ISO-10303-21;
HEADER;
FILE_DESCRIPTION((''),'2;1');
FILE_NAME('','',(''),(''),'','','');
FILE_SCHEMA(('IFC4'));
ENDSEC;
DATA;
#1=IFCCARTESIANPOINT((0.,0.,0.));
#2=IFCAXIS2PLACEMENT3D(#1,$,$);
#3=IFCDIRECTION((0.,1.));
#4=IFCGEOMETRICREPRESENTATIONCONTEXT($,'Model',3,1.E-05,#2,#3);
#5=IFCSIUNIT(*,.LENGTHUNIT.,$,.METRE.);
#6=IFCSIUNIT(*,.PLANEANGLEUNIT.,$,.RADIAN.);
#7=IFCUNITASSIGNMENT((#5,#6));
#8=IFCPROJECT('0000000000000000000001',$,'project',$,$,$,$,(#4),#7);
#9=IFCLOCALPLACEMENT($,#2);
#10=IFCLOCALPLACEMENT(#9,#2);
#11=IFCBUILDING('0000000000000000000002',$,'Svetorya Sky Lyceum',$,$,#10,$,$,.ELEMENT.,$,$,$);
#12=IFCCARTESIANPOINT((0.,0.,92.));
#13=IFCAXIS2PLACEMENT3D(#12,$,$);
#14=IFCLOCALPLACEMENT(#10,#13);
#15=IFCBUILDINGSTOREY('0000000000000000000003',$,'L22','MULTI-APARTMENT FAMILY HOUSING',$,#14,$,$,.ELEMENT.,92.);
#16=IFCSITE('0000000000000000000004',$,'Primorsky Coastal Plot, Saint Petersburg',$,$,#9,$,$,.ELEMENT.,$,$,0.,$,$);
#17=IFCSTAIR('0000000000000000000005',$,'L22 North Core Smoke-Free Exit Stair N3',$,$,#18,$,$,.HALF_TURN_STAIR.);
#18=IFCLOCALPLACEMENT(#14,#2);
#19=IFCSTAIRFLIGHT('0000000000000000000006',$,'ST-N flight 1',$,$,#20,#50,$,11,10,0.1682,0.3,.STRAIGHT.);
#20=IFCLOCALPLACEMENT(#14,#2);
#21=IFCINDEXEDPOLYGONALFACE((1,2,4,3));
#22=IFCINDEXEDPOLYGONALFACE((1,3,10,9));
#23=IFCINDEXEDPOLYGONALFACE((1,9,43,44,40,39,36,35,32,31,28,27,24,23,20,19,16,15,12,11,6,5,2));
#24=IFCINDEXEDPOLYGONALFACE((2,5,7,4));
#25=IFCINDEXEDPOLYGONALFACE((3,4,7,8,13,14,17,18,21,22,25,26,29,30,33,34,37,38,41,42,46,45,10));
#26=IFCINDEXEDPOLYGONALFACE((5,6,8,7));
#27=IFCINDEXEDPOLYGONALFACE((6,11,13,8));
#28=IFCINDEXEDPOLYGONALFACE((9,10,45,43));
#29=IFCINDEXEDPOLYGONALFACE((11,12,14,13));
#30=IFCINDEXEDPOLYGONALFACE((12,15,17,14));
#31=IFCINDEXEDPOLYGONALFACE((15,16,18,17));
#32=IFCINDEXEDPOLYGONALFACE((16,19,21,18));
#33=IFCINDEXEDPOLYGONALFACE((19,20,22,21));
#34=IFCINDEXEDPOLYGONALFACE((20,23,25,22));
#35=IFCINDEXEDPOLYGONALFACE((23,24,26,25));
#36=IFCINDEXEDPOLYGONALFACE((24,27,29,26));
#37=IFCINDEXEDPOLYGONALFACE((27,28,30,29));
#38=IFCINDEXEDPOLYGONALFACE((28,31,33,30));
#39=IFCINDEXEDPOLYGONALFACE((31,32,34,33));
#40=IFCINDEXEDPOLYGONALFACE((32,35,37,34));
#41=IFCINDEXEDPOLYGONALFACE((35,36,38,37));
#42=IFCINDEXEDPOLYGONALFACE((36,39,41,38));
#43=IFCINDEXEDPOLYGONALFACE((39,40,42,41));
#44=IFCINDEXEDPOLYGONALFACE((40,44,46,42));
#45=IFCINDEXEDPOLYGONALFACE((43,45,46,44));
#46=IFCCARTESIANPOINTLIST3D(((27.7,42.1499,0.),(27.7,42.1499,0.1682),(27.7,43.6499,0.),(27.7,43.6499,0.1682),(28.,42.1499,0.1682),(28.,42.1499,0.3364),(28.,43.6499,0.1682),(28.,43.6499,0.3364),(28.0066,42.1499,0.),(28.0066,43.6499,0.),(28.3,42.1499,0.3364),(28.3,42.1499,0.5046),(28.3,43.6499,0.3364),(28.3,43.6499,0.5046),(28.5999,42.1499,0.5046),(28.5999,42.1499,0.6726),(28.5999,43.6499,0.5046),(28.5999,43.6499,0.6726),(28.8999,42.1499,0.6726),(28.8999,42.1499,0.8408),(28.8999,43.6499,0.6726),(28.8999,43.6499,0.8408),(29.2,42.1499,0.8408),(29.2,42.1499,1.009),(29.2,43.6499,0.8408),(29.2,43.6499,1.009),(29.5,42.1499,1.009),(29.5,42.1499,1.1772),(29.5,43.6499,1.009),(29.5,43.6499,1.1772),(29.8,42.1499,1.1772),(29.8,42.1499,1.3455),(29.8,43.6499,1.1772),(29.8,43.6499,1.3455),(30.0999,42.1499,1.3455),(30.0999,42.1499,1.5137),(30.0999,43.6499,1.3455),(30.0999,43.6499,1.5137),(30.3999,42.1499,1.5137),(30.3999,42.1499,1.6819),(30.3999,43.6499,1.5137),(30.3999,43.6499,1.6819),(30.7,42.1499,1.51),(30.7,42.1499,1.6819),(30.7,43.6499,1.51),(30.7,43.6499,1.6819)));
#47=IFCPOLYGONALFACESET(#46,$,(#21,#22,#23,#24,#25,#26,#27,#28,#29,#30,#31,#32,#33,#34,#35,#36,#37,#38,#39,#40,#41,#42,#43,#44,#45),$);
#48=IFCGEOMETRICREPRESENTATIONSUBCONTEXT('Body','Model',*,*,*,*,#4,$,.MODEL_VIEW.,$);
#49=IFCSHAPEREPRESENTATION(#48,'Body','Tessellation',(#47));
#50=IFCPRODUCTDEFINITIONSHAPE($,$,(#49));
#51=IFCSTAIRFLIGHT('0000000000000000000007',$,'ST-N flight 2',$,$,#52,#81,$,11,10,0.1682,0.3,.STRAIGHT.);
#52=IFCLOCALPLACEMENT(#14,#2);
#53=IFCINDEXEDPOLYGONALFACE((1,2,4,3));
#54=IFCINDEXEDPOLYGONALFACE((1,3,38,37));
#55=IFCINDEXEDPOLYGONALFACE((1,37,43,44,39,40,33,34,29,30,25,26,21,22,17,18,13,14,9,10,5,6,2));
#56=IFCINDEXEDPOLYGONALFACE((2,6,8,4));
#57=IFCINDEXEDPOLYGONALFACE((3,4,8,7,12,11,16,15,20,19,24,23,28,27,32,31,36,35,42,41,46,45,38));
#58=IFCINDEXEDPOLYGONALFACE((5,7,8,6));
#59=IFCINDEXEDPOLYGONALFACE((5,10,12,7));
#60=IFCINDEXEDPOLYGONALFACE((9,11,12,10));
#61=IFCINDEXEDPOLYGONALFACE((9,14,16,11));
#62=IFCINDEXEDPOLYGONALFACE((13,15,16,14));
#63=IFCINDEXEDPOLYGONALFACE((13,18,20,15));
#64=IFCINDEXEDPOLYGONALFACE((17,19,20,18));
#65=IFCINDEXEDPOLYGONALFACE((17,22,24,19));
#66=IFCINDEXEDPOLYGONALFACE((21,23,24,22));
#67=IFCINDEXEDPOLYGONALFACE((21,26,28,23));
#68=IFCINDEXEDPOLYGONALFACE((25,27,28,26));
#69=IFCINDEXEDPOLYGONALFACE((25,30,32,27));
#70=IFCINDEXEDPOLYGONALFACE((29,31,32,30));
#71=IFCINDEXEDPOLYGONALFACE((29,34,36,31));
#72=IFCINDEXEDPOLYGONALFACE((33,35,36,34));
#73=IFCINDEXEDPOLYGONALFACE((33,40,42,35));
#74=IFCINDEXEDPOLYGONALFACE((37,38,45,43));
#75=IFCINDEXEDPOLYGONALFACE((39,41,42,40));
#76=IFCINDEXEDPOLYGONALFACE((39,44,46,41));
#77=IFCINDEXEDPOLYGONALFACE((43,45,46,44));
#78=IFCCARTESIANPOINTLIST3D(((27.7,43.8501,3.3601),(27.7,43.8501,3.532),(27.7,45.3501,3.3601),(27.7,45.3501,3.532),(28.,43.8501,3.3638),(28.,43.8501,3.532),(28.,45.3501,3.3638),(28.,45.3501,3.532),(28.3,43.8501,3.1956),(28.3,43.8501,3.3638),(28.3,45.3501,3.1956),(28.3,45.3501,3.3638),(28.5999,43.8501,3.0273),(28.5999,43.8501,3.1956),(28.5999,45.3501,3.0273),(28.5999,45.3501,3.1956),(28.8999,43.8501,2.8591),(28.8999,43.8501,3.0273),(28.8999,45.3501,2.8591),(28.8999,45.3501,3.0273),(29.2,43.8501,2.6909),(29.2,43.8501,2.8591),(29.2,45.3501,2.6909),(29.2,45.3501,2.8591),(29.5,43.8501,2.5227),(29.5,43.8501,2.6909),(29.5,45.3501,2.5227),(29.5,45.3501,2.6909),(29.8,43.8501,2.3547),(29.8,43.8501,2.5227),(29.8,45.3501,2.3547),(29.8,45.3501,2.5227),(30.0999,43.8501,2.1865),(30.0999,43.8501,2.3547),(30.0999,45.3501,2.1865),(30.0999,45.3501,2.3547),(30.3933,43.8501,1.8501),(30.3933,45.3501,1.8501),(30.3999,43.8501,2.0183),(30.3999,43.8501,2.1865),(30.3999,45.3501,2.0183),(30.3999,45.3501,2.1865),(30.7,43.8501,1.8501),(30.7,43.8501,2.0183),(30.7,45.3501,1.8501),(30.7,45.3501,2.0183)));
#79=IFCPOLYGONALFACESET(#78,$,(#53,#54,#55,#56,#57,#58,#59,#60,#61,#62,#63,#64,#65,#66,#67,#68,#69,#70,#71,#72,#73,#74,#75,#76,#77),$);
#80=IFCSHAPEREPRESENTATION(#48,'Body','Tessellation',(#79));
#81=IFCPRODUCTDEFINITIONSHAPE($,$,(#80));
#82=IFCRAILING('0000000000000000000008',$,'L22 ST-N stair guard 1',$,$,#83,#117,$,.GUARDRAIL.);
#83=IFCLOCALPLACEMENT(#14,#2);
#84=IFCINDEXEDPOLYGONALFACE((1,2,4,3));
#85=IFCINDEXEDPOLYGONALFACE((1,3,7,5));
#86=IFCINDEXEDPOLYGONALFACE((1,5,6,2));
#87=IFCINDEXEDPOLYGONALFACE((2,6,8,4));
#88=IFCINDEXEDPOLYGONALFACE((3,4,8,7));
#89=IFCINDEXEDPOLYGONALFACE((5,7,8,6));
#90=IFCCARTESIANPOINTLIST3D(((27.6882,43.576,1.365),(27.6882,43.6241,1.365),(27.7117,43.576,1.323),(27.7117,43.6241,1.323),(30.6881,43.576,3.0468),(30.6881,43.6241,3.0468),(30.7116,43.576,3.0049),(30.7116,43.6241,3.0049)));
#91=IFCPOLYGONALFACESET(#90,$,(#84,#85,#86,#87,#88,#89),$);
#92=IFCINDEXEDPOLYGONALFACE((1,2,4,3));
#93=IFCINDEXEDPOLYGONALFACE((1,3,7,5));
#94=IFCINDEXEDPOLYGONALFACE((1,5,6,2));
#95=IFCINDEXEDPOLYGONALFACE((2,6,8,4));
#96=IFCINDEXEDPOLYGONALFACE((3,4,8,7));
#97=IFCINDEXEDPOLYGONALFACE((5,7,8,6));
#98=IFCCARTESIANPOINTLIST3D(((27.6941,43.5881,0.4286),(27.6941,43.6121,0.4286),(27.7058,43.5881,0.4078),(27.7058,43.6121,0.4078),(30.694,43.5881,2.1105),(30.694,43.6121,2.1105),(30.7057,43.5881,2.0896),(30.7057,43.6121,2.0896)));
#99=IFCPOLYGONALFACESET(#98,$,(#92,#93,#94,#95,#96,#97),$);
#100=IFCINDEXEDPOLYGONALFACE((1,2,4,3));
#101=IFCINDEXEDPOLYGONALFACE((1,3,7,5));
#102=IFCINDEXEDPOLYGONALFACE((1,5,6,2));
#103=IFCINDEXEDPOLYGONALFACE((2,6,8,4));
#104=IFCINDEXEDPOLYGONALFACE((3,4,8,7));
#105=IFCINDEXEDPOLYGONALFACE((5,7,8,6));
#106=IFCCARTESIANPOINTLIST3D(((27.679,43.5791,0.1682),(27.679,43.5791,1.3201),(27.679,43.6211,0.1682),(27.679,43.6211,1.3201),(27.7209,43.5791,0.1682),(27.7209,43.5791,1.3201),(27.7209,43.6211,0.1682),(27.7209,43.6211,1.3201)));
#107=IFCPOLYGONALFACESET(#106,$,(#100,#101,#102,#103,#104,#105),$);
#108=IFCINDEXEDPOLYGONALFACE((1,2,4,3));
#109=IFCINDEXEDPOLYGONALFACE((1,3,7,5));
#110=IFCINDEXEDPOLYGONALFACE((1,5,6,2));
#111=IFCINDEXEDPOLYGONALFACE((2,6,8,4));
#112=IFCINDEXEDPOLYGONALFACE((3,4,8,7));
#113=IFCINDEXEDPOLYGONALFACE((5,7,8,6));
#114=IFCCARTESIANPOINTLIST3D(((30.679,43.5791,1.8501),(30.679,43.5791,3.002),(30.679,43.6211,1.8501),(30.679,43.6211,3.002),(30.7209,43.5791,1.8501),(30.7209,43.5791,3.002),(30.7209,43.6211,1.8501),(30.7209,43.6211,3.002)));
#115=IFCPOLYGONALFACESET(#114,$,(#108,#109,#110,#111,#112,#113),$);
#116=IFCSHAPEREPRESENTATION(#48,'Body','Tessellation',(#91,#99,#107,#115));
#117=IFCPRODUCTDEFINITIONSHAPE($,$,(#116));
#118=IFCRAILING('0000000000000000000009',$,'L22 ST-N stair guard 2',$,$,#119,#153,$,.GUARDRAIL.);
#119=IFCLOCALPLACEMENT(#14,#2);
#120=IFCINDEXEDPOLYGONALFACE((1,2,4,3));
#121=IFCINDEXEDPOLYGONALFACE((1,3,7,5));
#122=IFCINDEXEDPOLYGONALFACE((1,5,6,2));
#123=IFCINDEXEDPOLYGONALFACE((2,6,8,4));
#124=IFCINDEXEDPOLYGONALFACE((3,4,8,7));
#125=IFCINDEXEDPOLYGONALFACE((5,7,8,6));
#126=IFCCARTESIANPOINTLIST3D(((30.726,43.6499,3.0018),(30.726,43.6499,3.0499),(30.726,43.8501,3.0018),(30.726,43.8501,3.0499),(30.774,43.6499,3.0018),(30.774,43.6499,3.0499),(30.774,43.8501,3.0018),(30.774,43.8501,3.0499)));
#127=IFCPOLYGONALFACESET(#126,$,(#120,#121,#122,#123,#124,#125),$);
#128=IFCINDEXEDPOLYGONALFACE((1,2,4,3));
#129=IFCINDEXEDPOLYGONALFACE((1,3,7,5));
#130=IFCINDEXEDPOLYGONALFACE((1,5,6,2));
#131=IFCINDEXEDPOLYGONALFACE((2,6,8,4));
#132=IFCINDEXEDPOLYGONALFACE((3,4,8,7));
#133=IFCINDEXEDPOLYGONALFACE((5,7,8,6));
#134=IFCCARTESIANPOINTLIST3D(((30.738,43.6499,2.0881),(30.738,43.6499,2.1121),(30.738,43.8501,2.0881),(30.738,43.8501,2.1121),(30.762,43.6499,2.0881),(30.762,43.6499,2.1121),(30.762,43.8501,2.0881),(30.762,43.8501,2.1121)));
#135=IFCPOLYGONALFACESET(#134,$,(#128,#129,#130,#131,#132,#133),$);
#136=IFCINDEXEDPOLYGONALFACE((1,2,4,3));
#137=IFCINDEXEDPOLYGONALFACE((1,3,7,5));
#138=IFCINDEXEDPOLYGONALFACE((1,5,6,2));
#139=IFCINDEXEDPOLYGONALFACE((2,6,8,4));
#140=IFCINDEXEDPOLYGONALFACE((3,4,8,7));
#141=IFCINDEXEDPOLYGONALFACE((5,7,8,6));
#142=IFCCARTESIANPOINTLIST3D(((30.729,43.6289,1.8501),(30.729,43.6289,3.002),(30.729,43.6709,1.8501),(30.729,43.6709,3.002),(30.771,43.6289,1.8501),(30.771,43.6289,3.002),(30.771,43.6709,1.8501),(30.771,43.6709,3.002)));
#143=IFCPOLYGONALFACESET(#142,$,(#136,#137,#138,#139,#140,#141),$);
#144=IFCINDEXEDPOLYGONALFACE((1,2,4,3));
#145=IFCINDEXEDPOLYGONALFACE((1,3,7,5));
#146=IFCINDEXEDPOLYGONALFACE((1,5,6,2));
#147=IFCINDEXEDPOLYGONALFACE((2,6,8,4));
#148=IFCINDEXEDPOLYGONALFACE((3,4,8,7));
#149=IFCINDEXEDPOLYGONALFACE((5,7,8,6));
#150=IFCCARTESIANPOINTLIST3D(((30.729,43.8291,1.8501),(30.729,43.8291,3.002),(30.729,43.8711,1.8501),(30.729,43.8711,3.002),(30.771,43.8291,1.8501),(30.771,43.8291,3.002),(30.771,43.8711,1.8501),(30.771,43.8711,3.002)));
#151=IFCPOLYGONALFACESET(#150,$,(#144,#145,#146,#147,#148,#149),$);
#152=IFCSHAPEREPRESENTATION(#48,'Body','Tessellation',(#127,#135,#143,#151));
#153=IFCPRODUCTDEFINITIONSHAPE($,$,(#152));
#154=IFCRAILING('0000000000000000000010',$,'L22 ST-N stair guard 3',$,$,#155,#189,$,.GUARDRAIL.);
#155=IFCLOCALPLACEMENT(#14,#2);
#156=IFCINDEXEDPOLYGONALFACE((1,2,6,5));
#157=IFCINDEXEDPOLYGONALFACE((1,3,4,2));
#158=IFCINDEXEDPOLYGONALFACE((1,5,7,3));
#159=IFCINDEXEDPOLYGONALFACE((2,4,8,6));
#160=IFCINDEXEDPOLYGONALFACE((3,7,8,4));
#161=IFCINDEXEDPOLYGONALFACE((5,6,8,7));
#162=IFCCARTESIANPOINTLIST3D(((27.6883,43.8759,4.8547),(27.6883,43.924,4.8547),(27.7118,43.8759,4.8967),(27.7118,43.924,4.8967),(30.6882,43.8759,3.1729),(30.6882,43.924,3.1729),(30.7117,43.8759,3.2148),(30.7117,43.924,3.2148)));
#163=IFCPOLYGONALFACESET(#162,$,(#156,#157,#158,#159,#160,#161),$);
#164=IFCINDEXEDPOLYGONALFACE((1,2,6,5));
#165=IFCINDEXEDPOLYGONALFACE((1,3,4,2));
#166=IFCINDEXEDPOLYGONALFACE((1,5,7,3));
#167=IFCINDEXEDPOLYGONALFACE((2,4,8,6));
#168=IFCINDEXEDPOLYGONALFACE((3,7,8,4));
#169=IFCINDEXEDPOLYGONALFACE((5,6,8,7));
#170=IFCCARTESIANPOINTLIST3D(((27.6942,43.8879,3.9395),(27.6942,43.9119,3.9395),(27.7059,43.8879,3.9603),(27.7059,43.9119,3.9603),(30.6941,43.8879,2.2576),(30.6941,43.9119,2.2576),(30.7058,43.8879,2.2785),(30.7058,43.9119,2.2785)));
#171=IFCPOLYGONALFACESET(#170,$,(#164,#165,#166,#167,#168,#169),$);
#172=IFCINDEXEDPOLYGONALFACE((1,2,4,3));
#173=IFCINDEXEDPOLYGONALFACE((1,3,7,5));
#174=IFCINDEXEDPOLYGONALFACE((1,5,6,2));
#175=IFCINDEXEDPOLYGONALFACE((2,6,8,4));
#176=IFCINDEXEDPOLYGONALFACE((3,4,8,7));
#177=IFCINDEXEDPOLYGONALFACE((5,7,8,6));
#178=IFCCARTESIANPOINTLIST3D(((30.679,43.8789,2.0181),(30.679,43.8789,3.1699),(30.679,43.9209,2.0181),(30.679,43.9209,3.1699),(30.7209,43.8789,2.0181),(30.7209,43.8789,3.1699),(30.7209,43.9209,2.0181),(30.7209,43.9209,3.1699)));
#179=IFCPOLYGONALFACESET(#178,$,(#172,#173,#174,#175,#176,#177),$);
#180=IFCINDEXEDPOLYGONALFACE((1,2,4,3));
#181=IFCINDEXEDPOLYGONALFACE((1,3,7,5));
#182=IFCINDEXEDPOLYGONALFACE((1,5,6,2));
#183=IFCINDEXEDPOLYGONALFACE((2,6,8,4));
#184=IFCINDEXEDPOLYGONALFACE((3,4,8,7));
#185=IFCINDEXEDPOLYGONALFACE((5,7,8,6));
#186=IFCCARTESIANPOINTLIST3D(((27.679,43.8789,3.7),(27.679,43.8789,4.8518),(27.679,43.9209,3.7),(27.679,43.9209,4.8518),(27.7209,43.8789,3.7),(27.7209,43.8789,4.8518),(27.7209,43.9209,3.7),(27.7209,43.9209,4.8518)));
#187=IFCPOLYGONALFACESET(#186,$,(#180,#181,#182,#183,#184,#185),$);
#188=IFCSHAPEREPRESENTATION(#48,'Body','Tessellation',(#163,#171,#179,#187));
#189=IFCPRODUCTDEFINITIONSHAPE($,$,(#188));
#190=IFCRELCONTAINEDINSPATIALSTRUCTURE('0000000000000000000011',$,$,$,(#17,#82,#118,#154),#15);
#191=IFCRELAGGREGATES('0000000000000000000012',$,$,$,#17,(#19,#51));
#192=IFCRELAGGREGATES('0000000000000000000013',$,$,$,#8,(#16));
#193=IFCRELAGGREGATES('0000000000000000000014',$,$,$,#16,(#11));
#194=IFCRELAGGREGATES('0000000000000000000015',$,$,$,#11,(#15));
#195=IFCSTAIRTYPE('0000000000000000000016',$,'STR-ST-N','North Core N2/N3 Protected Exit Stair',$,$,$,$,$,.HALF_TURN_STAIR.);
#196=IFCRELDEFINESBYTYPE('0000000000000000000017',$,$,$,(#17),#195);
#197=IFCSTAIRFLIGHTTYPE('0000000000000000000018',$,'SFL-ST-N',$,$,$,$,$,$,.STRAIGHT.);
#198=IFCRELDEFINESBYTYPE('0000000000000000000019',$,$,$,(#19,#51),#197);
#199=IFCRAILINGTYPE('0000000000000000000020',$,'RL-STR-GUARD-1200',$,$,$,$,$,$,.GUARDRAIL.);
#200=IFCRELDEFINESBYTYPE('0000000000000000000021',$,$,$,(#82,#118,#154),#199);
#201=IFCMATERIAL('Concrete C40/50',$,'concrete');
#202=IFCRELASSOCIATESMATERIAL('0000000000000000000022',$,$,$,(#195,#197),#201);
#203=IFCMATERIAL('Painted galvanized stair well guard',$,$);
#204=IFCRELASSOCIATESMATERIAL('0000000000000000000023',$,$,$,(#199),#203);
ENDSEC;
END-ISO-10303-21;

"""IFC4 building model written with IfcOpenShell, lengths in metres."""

from ifc_helpers import new_model, si_unit, direction, frame, origin, origin_2d, place, context, subcontext, project, spatial, polyline, rectangle, outline, extrude, material, type_object, element, aggregate, save


model = new_model("IFC4")

# Units and contexts
model_context = context("Model", 3, precision=1e-05, world=origin(), true_north=direction((0.0, 1.0)))
body_context = subcontext(model_context, "Body", "Model", "MODEL_VIEW")
ifc_project = project(units=[si_unit("LENGTHUNIT", "METRE"), si_unit("PLANEANGLEUNIT", "RADIAN")], contexts=[model_context])

# Site, building, storey
site_placement = place(None, origin())
site = spatial("IfcSite", under=ifc_project, at=site_placement, Name="Primorsky Coastal Plot, Saint Petersburg", CompositionType="ELEMENT", RefElevation=0.0)
building_placement = place(site_placement, origin())
building = spatial("IfcBuilding", under=site, at=building_placement, Name="Svetorya Sky Lyceum", CompositionType="ELEMENT")
storey_placement = place(building_placement, frame((0.0, 0.0, 92.0)))
storey = spatial("IfcBuildingStorey", under=building, at=storey_placement, Name="L22", Description="MULTI-APARTMENT FAMILY HOUSING", CompositionType="ELEMENT", Elevation=92.0)

# Stair, stair flights
ifc_material_1 = material(Name="Concrete C40/50", Category="concrete")
stair_type = type_object("IfcStairType", Name="STR-ST-N", Description="North Core N2/N3 Protected Exit Stair", PredefinedType="HALF_TURN_STAIR", material=ifc_material_1)
stair_placement = place(storey_placement, origin())
stair = element("IfcStair", 1, at=stair_placement, inside=storey, type_object=stair_type, Name="L22 North Core Smoke-Free Exit Stair N3", PredefinedType="HALF_TURN_STAIR")
stair_flight_type = type_object("IfcStairFlightType", Name="SFL-ST-N", PredefinedType="STRAIGHT", material=ifc_material_1)
stair_flight_1_placement = place(storey_placement, frame((27.7, 42.8999, 0.0), z_axis=(0.0, 0.0, 1.0), x_axis=(1.0, 0.0, 0.0)))
stair_flight_1 = element("IfcStairFlight", 2, at=stair_flight_1_placement, type_object=stair_flight_type, Name="ST-N flight 1", NumberOfRisers=11, NumberOfTreads=10, PredefinedType="STRAIGHT", RiserHeight=0.1682, TreadLength=0.3, context=body_context, shape_type="SweptSolid", body=[
    extrude(outline(polyline([(0.0, 0.0), (0.0, 0.1682), (0.3, 0.1682), (0.3, 0.3364), (0.6001, 0.3364), (0.6001, 0.5046), (0.8999, 0.5046), (0.8999, 0.6726), (1.2, 0.6726), (1.2, 0.8408), (1.5, 0.8408), (1.5, 1.009), (1.8, 1.009), (1.8, 1.1772), (2.1001, 1.1772), (2.1001, 1.3455), (2.3999, 1.3455), (2.3999, 1.5137), (2.7, 1.5137), (2.7, 1.6819), (3.0, 1.6819), (3.0, 1.8501), (3.0, 1.51), (0.3066, 0.0), (0.0, 0.0)])), frame((0.0, 0.75, 0.0), z_axis=(0.0, -1.0, 0.0), x_axis=(1.0, 0.0, 0.0)), (0.0, 0.0, 1.0), 1.5),
])
stair_flight_2_placement = place(storey_placement, frame((30.7, 44.6001, 1.8501), z_axis=(0.0, 0.0, 1.0), x_axis=(-1.0, 0.0, 0.0)))
stair_flight_2 = element("IfcStairFlight", 3, at=stair_flight_2_placement, type_object=stair_flight_type, Name="ST-N flight 2", NumberOfRisers=11, NumberOfTreads=10, PredefinedType="STRAIGHT", RiserHeight=0.1682, TreadLength=0.3, context=body_context, shape_type="SweptSolid", body=[
    extrude(outline(polyline([(0.0, 0.0), (0.0, 0.1682), (0.3, 0.1682), (0.3, 0.3364), (0.6001, 0.3364), (0.6001, 0.5046), (0.8999, 0.5046), (0.8999, 0.6726), (1.2, 0.6726), (1.2, 0.8408), (1.5, 0.8408), (1.5, 1.009), (1.8, 1.009), (1.8, 1.1772), (2.1001, 1.1772), (2.1001, 1.3455), (2.3999, 1.3455), (2.3999, 1.5137), (2.7, 1.5137), (2.7, 1.6819), (3.0, 1.6819), (3.0, 1.8501), (3.0, 1.51), (0.3066, 0.0), (0.0, 0.0)])), frame((0.0, 0.75, 0.0), z_axis=(0.0, -1.0, 0.0), x_axis=(1.0, 0.0, 0.0)), (0.0, 0.0, 1.0), 1.5),
])
aggregate(stair, [stair_flight_1, stair_flight_2])

# Railings
ifc_material_2 = material(Name="Painted galvanized stair well guard")
railing_type_1 = type_object("IfcRailingType", Name="RL-STR-GUARD-1200", PredefinedType="GUARDRAIL", material=ifc_material_2)
railing_1_placement = place(storey_placement, frame((27.7, 43.6001, 0.1682)))
element("IfcRailing", 4, at=railing_1_placement, inside=storey, type_object=railing_type_1, Name="L22 ST-N stair guard 1", PredefinedType="GUARDRAIL", context=body_context, shape_type="SweptSolid", body=[
    extrude(rectangle(XDim=0.0481, YDim=0.0481, at=origin_2d()), frame((0.0, 0.0, 1.1758), z_axis=(0.872272, 0.0, 0.48902), x_axis=(0.0, 1.0, 0.0)), (0.0, 0.0, 1.0), 3.4392),
    extrude(rectangle(XDim=0.0239, YDim=0.0239, at=origin_2d()), frame((0.0, 0.0, 0.25), z_axis=(0.872272, 0.0, 0.48902), x_axis=(0.0, 1.0, 0.0)), (0.0, 0.0, 1.0), 3.4392),
    extrude(rectangle(XDim=0.042, YDim=0.042, at=origin_2d()), origin(), (0.0, 0.0, 1.0), 1.1519),
    extrude(rectangle(XDim=0.042, YDim=0.042, at=origin_2d()), frame((3.0, 0.0, 1.6819)), (0.0, 0.0, 1.0), 1.1519),
])
railing_2_placement = place(storey_placement, frame((30.75, 43.6499, 1.8501)))
element("IfcRailing", 5, at=railing_2_placement, inside=storey, type_object=railing_type_1, Name="L22 ST-N stair guard 2", PredefinedType="GUARDRAIL", context=body_context, shape_type="SweptSolid", body=[
    extrude(rectangle(XDim=0.0481, YDim=0.0481, at=origin_2d()), frame((0.0, 0.0, 1.1758), z_axis=(0.0, 1.0, 0.0), x_axis=(-1.0, 0.0, 0.0)), (0.0, 0.0, 1.0), 0.2002),
    extrude(rectangle(XDim=0.0239, YDim=0.0239, at=origin_2d()), frame((0.0, 0.0, 0.25), z_axis=(0.0, 1.0, 0.0), x_axis=(-1.0, 0.0, 0.0)), (0.0, 0.0, 1.0), 0.2002),
    extrude(rectangle(XDim=0.042, YDim=0.042, at=origin_2d()), origin(), (0.0, 0.0, 1.0), 1.1519),
    extrude(rectangle(XDim=0.042, YDim=0.042, at=origin_2d()), frame((0.0, 0.2002, 0.0)), (0.0, 0.0, 1.0), 1.1519),
])
railing_3_placement = place(storey_placement, frame((30.7, 43.8999, 2.0181)))
element("IfcRailing", 6, at=railing_3_placement, inside=storey, type_object=railing_type_1, Name="L22 ST-N stair guard 3", PredefinedType="GUARDRAIL", context=body_context, shape_type="SweptSolid", body=[
    extrude(rectangle(XDim=0.0481, YDim=0.0481, at=origin_2d()), frame((0.0, 0.0, 1.1758), z_axis=(-0.872272, 0.0, 0.48902), x_axis=(0.0, -1.0, 0.0)), (0.0, 0.0, 1.0), 3.4392),
    extrude(rectangle(XDim=0.0239, YDim=0.0239, at=origin_2d()), frame((0.0, 0.0, 0.25), z_axis=(-0.872272, 0.0, 0.48902), x_axis=(0.0, -1.0, 0.0)), (0.0, 0.0, 1.0), 3.4392),
    extrude(rectangle(XDim=0.042, YDim=0.042, at=origin_2d()), origin(), (0.0, 0.0, 1.0), 1.1519),
    extrude(rectangle(XDim=0.042, YDim=0.042, at=origin_2d()), frame((-3.0, 0.0, 1.6819)), (0.0, 0.0, 1.0), 1.1519),
])

save(model, "model.ifc")
